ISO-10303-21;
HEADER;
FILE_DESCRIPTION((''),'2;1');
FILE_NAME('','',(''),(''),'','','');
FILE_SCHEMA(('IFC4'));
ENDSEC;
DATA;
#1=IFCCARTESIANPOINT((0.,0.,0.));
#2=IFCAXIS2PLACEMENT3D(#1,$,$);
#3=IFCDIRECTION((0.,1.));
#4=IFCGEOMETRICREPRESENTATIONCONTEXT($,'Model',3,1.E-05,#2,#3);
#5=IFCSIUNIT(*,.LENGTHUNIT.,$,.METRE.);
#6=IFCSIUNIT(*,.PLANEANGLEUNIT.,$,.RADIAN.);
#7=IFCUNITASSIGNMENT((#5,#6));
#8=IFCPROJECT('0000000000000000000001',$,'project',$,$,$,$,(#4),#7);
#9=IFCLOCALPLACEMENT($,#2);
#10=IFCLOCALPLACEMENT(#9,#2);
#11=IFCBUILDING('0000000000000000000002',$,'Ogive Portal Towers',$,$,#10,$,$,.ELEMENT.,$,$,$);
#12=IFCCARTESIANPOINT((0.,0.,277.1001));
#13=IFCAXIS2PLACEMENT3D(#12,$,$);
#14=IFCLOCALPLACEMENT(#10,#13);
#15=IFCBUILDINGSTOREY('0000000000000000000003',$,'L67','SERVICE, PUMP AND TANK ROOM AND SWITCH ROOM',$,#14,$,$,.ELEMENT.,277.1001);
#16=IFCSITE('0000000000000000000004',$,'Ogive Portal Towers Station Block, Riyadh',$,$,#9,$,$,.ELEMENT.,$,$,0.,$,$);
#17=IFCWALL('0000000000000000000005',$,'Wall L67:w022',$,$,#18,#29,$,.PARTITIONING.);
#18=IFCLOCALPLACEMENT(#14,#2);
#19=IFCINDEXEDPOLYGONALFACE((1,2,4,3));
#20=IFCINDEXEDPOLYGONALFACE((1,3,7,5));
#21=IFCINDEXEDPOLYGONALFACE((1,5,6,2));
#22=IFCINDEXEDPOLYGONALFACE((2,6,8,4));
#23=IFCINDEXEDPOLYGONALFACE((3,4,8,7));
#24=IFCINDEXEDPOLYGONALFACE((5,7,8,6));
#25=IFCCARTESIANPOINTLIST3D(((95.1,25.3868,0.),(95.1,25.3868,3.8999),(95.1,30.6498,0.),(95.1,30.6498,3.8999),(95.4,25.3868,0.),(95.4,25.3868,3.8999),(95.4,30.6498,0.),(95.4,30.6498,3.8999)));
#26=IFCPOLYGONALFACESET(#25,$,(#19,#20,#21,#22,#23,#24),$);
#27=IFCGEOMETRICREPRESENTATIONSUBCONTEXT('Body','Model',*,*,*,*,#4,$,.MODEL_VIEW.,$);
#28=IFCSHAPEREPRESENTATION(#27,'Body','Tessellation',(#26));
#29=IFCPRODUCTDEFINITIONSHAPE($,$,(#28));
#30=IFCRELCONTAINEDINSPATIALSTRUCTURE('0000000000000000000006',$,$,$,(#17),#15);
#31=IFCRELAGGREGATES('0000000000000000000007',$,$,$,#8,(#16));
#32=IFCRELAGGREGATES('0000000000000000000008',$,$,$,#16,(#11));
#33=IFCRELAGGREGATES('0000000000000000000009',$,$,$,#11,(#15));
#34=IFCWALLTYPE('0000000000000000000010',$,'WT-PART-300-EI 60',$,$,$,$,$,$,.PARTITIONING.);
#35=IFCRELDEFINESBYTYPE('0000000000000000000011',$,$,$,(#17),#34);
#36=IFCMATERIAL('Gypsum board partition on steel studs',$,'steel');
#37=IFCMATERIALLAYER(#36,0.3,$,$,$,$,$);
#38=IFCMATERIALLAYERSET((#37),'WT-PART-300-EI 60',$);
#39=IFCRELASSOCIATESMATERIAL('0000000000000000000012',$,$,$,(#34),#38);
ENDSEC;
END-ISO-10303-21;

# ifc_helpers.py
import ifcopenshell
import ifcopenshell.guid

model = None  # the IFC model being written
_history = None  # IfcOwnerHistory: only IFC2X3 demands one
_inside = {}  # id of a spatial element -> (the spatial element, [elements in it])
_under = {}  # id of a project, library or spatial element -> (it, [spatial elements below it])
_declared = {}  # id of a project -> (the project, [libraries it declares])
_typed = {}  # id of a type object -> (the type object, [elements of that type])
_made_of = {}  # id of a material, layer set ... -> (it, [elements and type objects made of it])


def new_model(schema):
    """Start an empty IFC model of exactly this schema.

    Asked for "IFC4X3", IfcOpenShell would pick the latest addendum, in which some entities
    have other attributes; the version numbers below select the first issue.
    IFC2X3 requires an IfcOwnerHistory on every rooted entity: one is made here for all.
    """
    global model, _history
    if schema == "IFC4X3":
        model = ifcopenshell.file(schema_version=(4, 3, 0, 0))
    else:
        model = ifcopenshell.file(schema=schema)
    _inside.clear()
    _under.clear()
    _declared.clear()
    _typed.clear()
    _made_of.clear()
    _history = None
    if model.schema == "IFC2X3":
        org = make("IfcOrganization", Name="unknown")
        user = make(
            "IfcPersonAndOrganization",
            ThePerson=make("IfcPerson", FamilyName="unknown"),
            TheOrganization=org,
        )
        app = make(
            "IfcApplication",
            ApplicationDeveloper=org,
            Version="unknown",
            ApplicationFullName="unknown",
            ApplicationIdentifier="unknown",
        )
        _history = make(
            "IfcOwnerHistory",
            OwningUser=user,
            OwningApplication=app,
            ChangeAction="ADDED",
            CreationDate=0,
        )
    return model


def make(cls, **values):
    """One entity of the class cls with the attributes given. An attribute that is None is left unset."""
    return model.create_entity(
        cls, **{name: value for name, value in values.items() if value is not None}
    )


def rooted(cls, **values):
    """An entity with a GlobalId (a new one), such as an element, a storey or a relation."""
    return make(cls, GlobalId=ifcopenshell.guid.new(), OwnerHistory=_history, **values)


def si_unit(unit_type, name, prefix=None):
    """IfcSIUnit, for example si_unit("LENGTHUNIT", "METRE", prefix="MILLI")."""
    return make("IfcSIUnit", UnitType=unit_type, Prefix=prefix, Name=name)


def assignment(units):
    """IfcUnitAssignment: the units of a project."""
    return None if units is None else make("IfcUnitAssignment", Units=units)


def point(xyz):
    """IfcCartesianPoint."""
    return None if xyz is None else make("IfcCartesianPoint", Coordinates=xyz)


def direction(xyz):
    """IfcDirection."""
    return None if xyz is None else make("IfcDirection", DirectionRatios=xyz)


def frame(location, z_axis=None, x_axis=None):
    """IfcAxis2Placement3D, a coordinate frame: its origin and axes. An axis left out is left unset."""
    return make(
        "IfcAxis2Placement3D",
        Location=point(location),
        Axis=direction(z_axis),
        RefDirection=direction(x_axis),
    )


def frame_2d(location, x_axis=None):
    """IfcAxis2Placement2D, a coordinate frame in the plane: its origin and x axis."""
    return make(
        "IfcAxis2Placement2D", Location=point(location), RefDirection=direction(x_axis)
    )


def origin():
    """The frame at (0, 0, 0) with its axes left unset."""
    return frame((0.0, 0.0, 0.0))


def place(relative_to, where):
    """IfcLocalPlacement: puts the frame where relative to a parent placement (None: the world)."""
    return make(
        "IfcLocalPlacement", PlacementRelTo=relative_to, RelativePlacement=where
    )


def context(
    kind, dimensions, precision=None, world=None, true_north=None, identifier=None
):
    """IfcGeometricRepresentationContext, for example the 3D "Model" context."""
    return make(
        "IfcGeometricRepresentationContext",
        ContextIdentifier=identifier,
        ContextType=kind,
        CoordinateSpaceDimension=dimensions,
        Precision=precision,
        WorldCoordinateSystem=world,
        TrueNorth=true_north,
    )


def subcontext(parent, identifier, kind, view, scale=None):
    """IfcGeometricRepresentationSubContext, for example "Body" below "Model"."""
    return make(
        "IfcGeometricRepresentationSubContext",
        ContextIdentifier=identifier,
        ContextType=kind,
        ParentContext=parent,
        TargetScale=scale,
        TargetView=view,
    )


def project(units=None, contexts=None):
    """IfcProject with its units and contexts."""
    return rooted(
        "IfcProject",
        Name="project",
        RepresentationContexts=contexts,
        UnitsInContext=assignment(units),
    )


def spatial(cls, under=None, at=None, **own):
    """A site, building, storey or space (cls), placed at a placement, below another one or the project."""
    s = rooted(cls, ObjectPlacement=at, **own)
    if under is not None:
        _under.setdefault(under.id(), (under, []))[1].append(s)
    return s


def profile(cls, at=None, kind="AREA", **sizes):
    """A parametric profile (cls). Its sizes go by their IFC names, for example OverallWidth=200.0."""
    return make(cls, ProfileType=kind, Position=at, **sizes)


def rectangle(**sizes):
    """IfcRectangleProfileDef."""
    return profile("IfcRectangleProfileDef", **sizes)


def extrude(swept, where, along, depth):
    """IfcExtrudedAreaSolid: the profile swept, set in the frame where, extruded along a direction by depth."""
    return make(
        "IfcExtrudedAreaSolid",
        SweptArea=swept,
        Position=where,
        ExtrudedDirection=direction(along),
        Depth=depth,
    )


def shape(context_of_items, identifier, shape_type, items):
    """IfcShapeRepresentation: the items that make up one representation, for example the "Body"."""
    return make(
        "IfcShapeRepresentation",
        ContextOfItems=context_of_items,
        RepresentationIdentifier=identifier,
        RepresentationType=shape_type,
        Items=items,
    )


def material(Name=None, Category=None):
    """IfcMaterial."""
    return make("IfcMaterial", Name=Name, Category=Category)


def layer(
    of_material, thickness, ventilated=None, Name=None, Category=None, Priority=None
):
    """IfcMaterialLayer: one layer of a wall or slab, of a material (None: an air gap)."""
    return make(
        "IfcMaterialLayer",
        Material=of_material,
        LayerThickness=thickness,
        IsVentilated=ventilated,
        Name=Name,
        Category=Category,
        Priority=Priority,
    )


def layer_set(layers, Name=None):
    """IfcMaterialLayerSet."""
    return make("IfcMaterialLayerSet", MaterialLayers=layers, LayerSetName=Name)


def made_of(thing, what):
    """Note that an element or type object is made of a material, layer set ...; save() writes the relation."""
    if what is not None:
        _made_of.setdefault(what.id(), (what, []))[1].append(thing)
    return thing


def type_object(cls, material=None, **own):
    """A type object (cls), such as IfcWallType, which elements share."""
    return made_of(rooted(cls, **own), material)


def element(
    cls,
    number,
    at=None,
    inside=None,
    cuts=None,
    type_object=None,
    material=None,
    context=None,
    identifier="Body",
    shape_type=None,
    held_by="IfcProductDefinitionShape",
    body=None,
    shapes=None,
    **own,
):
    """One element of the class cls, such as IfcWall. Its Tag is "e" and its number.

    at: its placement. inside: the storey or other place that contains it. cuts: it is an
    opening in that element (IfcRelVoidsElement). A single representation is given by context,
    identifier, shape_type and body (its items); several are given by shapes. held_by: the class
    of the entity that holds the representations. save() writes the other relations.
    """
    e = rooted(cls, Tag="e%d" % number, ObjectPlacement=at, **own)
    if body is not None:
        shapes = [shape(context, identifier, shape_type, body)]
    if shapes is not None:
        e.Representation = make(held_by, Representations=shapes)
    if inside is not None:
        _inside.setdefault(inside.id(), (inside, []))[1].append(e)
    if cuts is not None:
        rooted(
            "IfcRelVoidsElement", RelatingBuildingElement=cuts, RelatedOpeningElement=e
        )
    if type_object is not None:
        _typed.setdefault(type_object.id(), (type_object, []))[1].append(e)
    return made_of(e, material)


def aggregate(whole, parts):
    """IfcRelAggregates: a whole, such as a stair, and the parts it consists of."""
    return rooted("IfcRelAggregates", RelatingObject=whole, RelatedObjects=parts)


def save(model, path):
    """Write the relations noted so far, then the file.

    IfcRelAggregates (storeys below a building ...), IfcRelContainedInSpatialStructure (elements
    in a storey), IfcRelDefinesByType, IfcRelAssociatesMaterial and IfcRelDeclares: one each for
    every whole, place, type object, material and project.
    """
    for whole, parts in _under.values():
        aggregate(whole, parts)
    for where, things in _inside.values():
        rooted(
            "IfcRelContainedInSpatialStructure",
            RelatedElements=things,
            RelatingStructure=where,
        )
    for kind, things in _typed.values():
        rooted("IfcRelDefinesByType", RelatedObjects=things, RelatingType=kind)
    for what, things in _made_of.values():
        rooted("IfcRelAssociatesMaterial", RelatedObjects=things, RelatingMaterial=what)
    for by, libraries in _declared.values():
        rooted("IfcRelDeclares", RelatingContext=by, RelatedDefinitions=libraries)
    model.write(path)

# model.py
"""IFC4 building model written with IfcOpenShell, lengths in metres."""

from ifc_helpers import new_model, si_unit, direction, frame, frame_2d, origin, place, context, subcontext, project, spatial, rectangle, extrude, material, layer, layer_set, type_object, element, save


model = new_model("IFC4")

# Units and contexts
model_context = context("Model", 3, precision=1e-05, world=origin(), true_north=direction((0.0, 1.0)))
body_context = subcontext(model_context, "Body", "Model", "MODEL_VIEW")
ifc_project = project(units=[si_unit("LENGTHUNIT", "METRE"), si_unit("PLANEANGLEUNIT", "RADIAN")], contexts=[model_context])

# Site, building, storey
site_placement = place(None, origin())
site = spatial("IfcSite", under=ifc_project, at=site_placement, Name="Ogive Portal Towers Station Block, Riyadh", CompositionType="ELEMENT", RefElevation=0.0)
building_placement = place(site_placement, origin())
building = spatial("IfcBuilding", under=site, at=building_placement, Name="Ogive Portal Towers", CompositionType="ELEMENT")
storey_placement = place(building_placement, frame((0.0, 0.0, 277.1001)))
storey = spatial("IfcBuildingStorey", under=building, at=storey_placement, Name="L67", Description="SERVICE, PUMP AND TANK ROOM AND SWITCH ROOM", CompositionType="ELEMENT", Elevation=277.1001)

# Wall
ifc_material_1 = material(Name="Gypsum board partition on steel studs", Category="steel")
ifc_layer_1 = layer(ifc_material_1, 0.3)
ifc_layer_set_1 = layer_set([ifc_layer_1], Name="WT-PART-300-EI 60")
wall_type_1 = type_object("IfcWallType", Name="WT-PART-300-EI 60", PredefinedType="PARTITIONING", material=ifc_layer_set_1)
wall_1_placement = place(storey_placement, frame((95.25, 25.387, 0.0), z_axis=(0.0, 0.0, 1.0), x_axis=(0.0, 1.0, 0.0)))
element("IfcWall", 1, at=wall_1_placement, inside=storey, type_object=wall_type_1, Name="Wall L67:w022", PredefinedType="PARTITIONING", context=body_context, shape_type="SweptSolid", body=[
    extrude(rectangle(XDim=5.2629, YDim=0.3, at=frame_2d((2.6313, 0.0))), origin(), (0.0, 0.0, 1.0), 3.8999),
])

save(model, "model.ifc")
